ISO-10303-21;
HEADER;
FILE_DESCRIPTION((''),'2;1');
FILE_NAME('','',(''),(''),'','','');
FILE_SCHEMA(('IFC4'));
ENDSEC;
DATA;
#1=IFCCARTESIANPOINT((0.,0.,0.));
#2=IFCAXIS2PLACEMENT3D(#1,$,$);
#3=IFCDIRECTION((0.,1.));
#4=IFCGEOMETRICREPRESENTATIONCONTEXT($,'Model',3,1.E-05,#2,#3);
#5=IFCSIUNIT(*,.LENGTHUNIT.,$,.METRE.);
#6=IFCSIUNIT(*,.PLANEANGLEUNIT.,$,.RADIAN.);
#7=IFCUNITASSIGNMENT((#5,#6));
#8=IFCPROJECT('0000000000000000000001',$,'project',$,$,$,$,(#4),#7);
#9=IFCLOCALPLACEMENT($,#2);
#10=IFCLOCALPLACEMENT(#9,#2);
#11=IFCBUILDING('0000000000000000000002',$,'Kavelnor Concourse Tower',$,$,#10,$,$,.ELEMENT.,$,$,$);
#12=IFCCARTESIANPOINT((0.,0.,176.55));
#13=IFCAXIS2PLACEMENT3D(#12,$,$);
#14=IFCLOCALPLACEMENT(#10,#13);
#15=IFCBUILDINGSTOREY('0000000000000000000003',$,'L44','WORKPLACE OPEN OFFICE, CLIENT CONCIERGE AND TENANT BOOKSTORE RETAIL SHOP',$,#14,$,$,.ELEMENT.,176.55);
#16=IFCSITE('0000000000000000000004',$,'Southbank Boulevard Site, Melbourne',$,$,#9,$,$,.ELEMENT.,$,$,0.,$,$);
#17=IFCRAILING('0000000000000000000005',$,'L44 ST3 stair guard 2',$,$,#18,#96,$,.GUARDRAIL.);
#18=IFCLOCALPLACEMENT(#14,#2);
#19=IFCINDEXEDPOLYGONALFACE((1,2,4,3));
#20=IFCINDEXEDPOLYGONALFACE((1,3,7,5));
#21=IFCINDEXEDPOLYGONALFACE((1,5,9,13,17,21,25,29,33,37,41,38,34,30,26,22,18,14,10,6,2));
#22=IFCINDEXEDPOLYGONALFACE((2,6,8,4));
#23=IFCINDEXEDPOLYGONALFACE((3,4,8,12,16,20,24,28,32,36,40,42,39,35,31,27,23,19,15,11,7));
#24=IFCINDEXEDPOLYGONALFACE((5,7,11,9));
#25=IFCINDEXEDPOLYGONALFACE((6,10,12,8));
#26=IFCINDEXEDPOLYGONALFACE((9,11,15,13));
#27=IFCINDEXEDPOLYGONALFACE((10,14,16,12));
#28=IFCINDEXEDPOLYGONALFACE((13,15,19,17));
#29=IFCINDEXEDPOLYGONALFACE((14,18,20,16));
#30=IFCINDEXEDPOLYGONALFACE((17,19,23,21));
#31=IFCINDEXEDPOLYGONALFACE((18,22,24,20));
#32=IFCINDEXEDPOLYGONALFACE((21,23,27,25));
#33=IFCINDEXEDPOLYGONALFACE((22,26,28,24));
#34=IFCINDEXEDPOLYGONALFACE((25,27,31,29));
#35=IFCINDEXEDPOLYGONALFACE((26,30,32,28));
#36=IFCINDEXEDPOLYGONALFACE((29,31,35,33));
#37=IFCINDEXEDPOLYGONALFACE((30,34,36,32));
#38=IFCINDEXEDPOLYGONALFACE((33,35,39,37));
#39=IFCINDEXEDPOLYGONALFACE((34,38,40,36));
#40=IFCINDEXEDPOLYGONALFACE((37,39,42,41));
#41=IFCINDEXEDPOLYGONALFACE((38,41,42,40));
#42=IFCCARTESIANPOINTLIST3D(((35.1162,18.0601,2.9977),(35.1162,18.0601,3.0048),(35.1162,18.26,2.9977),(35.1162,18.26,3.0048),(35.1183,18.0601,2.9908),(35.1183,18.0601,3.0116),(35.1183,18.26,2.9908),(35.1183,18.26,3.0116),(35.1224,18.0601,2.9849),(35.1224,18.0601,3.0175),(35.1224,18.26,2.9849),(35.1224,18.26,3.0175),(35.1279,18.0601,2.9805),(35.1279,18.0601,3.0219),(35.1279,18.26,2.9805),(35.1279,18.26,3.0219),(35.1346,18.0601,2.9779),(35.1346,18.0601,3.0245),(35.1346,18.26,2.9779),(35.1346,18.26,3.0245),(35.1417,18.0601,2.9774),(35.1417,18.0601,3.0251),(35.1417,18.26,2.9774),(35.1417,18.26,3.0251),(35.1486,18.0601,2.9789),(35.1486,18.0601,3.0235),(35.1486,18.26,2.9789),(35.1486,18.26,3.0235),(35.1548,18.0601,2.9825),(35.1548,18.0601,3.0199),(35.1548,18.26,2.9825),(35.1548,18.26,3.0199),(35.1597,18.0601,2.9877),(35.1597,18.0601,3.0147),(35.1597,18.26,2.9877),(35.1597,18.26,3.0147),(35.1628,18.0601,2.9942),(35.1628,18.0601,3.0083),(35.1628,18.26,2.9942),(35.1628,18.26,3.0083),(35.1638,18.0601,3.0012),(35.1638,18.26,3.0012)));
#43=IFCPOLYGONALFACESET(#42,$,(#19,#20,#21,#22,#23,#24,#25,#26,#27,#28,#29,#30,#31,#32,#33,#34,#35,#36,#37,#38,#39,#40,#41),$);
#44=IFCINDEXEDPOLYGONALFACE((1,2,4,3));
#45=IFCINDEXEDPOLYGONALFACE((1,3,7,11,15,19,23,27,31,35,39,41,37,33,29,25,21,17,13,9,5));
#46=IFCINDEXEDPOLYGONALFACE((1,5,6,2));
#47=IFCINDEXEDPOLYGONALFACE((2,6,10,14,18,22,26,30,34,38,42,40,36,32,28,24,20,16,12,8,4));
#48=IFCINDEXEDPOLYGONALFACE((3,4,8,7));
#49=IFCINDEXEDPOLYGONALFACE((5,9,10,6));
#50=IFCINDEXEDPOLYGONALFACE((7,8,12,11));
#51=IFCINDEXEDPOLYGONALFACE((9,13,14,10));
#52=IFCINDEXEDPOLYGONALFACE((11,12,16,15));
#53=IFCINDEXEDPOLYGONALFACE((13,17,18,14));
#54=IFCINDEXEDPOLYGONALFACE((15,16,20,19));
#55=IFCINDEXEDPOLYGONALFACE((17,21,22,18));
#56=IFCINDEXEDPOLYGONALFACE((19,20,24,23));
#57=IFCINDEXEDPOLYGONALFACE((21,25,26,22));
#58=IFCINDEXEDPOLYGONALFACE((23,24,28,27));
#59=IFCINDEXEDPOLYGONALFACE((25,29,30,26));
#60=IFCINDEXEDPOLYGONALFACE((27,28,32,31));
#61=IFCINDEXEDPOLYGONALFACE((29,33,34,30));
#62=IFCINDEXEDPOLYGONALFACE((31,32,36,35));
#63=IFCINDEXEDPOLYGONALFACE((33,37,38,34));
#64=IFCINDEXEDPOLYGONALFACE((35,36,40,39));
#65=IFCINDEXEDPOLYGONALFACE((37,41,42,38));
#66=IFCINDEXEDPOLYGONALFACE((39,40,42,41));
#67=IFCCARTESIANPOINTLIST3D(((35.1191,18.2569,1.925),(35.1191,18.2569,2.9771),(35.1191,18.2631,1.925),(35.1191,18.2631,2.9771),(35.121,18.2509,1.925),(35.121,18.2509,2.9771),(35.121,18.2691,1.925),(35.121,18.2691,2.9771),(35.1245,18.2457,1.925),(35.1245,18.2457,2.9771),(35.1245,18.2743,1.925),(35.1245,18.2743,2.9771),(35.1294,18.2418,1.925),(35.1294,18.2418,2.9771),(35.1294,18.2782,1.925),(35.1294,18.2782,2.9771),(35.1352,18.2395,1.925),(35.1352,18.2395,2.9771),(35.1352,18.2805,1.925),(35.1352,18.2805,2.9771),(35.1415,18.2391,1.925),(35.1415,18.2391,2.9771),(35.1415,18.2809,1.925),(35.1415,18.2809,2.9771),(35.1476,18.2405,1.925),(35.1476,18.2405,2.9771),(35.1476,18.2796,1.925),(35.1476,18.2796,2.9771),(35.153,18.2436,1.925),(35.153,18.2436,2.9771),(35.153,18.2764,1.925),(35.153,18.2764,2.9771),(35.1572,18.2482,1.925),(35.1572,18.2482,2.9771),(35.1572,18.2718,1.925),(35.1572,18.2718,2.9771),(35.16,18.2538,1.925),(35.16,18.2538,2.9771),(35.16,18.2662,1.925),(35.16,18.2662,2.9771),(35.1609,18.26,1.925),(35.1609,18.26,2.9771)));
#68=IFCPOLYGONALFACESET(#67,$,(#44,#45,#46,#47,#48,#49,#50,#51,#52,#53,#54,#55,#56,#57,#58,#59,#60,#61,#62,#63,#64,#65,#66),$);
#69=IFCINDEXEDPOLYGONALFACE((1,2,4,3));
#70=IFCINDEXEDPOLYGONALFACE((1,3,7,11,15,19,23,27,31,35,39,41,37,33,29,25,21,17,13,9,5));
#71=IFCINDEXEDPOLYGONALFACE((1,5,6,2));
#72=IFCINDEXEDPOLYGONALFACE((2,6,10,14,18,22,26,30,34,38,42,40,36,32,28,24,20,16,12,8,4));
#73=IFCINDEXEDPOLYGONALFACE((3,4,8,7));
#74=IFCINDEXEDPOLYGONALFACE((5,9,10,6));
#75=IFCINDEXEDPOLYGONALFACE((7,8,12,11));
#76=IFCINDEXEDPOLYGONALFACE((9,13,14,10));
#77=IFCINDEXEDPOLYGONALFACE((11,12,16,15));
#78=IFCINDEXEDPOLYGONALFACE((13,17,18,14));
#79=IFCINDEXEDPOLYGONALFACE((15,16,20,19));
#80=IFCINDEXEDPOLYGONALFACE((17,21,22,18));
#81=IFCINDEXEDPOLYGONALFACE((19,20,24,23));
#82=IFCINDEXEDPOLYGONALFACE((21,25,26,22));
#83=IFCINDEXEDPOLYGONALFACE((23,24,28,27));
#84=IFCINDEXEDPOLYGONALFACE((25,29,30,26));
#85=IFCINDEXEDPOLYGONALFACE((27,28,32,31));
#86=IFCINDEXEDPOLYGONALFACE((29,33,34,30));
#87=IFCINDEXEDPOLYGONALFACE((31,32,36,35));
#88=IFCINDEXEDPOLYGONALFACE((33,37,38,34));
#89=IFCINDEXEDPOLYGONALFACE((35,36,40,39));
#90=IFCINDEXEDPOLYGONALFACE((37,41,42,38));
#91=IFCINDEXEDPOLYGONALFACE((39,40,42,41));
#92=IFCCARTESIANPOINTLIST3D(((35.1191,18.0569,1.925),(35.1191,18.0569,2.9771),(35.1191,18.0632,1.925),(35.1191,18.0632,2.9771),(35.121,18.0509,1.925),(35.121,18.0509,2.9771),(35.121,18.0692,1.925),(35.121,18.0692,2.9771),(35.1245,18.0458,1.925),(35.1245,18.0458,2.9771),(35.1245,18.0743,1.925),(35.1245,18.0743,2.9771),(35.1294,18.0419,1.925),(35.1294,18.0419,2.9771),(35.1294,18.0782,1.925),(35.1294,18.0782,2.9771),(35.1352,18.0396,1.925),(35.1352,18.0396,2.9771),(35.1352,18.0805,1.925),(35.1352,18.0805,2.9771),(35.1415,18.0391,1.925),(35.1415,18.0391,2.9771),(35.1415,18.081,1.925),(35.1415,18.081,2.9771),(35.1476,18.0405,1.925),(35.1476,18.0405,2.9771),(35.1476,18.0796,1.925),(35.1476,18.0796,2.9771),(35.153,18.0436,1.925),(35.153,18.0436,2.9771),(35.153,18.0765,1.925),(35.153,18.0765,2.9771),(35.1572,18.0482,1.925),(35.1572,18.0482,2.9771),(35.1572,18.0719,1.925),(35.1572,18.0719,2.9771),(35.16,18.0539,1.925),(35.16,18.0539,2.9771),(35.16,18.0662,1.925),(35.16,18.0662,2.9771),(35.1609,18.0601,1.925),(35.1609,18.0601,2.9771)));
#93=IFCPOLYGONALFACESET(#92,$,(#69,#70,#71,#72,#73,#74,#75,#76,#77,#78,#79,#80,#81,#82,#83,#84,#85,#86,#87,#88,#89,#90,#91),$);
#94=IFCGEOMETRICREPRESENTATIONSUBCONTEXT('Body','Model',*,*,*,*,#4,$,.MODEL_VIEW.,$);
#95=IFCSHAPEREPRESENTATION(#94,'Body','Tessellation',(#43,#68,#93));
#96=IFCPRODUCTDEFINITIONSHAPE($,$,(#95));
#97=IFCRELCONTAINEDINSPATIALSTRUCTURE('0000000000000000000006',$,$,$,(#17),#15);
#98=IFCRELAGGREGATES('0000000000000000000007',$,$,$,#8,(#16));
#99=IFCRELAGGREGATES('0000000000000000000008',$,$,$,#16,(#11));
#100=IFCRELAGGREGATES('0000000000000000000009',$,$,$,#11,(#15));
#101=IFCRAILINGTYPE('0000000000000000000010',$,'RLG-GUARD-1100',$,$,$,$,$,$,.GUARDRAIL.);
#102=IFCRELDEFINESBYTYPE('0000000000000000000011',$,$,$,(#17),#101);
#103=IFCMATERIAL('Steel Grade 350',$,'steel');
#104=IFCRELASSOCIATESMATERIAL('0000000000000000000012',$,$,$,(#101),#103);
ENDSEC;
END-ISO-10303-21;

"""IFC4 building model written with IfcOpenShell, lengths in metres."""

from ifc_helpers import new_model, si_unit, direction, frame, origin, origin_2d, place, context, subcontext, project, spatial, circle, extrude, material, type_object, element, save


model = new_model("IFC4")

# Units and contexts
model_context = context("Model", 3, precision=1e-05, world=origin(), true_north=direction((0.0, 1.0)))
body_context = subcontext(model_context, "Body", "Model", "MODEL_VIEW")
ifc_project = project(units=[si_unit("LENGTHUNIT", "METRE"), si_unit("PLANEANGLEUNIT", "RADIAN")], contexts=[model_context])

# Site, building, storey
site_placement = place(None, origin())
site = spatial("IfcSite", under=ifc_project, at=site_placement, Name="Southbank Boulevard Site, Melbourne", CompositionType="ELEMENT", RefElevation=0.0)
building_placement = place(site_placement, origin())
building = spatial("IfcBuilding", under=site, at=building_placement, Name="Kavelnor Concourse Tower", CompositionType="ELEMENT")
storey_placement = place(building_placement, frame((0.0, 0.0, 176.55)))
storey = spatial("IfcBuildingStorey", under=building, at=storey_placement, Name="L44", Description="WORKPLACE OPEN OFFICE, CLIENT CONCIERGE AND TENANT BOOKSTORE RETAIL SHOP", CompositionType="ELEMENT", Elevation=176.55)

# Shared definitions
ifc_material_1 = material(Name="Steel Grade 350", Category="steel")

# Railing
railing_type = type_object("IfcRailingType", Name="RLG-GUARD-1100", PredefinedType="GUARDRAIL", material=ifc_material_1)
railing_1_placement = place(storey_placement, frame((35.1399, 18.26, 1.925)))
element("IfcRailing", 1, at=railing_1_placement, inside=storey, type_object=railing_type, Name="L44 ST3 stair guard 2", PredefinedType="GUARDRAIL", context=body_context, shape_type="SweptSolid", body=[
    extrude(circle(Radius=0.0239, at=origin_2d()), frame((0.0, 0.0, 1.0762), z_axis=(0.0, -1.0, 0.0), x_axis=(1.0, 0.0, 0.0)), (0.0, 0.0, 1.0), 0.2),
    extrude(circle(Radius=0.021, at=origin_2d()), origin(), (0.0, 0.0, 1.0), 1.052),
    extrude(circle(Radius=0.021, at=origin_2d()), frame((0.0, -0.2, 0.0)), (0.0, 0.0, 1.0), 1.052),
])

save(model, "model.ifc")
